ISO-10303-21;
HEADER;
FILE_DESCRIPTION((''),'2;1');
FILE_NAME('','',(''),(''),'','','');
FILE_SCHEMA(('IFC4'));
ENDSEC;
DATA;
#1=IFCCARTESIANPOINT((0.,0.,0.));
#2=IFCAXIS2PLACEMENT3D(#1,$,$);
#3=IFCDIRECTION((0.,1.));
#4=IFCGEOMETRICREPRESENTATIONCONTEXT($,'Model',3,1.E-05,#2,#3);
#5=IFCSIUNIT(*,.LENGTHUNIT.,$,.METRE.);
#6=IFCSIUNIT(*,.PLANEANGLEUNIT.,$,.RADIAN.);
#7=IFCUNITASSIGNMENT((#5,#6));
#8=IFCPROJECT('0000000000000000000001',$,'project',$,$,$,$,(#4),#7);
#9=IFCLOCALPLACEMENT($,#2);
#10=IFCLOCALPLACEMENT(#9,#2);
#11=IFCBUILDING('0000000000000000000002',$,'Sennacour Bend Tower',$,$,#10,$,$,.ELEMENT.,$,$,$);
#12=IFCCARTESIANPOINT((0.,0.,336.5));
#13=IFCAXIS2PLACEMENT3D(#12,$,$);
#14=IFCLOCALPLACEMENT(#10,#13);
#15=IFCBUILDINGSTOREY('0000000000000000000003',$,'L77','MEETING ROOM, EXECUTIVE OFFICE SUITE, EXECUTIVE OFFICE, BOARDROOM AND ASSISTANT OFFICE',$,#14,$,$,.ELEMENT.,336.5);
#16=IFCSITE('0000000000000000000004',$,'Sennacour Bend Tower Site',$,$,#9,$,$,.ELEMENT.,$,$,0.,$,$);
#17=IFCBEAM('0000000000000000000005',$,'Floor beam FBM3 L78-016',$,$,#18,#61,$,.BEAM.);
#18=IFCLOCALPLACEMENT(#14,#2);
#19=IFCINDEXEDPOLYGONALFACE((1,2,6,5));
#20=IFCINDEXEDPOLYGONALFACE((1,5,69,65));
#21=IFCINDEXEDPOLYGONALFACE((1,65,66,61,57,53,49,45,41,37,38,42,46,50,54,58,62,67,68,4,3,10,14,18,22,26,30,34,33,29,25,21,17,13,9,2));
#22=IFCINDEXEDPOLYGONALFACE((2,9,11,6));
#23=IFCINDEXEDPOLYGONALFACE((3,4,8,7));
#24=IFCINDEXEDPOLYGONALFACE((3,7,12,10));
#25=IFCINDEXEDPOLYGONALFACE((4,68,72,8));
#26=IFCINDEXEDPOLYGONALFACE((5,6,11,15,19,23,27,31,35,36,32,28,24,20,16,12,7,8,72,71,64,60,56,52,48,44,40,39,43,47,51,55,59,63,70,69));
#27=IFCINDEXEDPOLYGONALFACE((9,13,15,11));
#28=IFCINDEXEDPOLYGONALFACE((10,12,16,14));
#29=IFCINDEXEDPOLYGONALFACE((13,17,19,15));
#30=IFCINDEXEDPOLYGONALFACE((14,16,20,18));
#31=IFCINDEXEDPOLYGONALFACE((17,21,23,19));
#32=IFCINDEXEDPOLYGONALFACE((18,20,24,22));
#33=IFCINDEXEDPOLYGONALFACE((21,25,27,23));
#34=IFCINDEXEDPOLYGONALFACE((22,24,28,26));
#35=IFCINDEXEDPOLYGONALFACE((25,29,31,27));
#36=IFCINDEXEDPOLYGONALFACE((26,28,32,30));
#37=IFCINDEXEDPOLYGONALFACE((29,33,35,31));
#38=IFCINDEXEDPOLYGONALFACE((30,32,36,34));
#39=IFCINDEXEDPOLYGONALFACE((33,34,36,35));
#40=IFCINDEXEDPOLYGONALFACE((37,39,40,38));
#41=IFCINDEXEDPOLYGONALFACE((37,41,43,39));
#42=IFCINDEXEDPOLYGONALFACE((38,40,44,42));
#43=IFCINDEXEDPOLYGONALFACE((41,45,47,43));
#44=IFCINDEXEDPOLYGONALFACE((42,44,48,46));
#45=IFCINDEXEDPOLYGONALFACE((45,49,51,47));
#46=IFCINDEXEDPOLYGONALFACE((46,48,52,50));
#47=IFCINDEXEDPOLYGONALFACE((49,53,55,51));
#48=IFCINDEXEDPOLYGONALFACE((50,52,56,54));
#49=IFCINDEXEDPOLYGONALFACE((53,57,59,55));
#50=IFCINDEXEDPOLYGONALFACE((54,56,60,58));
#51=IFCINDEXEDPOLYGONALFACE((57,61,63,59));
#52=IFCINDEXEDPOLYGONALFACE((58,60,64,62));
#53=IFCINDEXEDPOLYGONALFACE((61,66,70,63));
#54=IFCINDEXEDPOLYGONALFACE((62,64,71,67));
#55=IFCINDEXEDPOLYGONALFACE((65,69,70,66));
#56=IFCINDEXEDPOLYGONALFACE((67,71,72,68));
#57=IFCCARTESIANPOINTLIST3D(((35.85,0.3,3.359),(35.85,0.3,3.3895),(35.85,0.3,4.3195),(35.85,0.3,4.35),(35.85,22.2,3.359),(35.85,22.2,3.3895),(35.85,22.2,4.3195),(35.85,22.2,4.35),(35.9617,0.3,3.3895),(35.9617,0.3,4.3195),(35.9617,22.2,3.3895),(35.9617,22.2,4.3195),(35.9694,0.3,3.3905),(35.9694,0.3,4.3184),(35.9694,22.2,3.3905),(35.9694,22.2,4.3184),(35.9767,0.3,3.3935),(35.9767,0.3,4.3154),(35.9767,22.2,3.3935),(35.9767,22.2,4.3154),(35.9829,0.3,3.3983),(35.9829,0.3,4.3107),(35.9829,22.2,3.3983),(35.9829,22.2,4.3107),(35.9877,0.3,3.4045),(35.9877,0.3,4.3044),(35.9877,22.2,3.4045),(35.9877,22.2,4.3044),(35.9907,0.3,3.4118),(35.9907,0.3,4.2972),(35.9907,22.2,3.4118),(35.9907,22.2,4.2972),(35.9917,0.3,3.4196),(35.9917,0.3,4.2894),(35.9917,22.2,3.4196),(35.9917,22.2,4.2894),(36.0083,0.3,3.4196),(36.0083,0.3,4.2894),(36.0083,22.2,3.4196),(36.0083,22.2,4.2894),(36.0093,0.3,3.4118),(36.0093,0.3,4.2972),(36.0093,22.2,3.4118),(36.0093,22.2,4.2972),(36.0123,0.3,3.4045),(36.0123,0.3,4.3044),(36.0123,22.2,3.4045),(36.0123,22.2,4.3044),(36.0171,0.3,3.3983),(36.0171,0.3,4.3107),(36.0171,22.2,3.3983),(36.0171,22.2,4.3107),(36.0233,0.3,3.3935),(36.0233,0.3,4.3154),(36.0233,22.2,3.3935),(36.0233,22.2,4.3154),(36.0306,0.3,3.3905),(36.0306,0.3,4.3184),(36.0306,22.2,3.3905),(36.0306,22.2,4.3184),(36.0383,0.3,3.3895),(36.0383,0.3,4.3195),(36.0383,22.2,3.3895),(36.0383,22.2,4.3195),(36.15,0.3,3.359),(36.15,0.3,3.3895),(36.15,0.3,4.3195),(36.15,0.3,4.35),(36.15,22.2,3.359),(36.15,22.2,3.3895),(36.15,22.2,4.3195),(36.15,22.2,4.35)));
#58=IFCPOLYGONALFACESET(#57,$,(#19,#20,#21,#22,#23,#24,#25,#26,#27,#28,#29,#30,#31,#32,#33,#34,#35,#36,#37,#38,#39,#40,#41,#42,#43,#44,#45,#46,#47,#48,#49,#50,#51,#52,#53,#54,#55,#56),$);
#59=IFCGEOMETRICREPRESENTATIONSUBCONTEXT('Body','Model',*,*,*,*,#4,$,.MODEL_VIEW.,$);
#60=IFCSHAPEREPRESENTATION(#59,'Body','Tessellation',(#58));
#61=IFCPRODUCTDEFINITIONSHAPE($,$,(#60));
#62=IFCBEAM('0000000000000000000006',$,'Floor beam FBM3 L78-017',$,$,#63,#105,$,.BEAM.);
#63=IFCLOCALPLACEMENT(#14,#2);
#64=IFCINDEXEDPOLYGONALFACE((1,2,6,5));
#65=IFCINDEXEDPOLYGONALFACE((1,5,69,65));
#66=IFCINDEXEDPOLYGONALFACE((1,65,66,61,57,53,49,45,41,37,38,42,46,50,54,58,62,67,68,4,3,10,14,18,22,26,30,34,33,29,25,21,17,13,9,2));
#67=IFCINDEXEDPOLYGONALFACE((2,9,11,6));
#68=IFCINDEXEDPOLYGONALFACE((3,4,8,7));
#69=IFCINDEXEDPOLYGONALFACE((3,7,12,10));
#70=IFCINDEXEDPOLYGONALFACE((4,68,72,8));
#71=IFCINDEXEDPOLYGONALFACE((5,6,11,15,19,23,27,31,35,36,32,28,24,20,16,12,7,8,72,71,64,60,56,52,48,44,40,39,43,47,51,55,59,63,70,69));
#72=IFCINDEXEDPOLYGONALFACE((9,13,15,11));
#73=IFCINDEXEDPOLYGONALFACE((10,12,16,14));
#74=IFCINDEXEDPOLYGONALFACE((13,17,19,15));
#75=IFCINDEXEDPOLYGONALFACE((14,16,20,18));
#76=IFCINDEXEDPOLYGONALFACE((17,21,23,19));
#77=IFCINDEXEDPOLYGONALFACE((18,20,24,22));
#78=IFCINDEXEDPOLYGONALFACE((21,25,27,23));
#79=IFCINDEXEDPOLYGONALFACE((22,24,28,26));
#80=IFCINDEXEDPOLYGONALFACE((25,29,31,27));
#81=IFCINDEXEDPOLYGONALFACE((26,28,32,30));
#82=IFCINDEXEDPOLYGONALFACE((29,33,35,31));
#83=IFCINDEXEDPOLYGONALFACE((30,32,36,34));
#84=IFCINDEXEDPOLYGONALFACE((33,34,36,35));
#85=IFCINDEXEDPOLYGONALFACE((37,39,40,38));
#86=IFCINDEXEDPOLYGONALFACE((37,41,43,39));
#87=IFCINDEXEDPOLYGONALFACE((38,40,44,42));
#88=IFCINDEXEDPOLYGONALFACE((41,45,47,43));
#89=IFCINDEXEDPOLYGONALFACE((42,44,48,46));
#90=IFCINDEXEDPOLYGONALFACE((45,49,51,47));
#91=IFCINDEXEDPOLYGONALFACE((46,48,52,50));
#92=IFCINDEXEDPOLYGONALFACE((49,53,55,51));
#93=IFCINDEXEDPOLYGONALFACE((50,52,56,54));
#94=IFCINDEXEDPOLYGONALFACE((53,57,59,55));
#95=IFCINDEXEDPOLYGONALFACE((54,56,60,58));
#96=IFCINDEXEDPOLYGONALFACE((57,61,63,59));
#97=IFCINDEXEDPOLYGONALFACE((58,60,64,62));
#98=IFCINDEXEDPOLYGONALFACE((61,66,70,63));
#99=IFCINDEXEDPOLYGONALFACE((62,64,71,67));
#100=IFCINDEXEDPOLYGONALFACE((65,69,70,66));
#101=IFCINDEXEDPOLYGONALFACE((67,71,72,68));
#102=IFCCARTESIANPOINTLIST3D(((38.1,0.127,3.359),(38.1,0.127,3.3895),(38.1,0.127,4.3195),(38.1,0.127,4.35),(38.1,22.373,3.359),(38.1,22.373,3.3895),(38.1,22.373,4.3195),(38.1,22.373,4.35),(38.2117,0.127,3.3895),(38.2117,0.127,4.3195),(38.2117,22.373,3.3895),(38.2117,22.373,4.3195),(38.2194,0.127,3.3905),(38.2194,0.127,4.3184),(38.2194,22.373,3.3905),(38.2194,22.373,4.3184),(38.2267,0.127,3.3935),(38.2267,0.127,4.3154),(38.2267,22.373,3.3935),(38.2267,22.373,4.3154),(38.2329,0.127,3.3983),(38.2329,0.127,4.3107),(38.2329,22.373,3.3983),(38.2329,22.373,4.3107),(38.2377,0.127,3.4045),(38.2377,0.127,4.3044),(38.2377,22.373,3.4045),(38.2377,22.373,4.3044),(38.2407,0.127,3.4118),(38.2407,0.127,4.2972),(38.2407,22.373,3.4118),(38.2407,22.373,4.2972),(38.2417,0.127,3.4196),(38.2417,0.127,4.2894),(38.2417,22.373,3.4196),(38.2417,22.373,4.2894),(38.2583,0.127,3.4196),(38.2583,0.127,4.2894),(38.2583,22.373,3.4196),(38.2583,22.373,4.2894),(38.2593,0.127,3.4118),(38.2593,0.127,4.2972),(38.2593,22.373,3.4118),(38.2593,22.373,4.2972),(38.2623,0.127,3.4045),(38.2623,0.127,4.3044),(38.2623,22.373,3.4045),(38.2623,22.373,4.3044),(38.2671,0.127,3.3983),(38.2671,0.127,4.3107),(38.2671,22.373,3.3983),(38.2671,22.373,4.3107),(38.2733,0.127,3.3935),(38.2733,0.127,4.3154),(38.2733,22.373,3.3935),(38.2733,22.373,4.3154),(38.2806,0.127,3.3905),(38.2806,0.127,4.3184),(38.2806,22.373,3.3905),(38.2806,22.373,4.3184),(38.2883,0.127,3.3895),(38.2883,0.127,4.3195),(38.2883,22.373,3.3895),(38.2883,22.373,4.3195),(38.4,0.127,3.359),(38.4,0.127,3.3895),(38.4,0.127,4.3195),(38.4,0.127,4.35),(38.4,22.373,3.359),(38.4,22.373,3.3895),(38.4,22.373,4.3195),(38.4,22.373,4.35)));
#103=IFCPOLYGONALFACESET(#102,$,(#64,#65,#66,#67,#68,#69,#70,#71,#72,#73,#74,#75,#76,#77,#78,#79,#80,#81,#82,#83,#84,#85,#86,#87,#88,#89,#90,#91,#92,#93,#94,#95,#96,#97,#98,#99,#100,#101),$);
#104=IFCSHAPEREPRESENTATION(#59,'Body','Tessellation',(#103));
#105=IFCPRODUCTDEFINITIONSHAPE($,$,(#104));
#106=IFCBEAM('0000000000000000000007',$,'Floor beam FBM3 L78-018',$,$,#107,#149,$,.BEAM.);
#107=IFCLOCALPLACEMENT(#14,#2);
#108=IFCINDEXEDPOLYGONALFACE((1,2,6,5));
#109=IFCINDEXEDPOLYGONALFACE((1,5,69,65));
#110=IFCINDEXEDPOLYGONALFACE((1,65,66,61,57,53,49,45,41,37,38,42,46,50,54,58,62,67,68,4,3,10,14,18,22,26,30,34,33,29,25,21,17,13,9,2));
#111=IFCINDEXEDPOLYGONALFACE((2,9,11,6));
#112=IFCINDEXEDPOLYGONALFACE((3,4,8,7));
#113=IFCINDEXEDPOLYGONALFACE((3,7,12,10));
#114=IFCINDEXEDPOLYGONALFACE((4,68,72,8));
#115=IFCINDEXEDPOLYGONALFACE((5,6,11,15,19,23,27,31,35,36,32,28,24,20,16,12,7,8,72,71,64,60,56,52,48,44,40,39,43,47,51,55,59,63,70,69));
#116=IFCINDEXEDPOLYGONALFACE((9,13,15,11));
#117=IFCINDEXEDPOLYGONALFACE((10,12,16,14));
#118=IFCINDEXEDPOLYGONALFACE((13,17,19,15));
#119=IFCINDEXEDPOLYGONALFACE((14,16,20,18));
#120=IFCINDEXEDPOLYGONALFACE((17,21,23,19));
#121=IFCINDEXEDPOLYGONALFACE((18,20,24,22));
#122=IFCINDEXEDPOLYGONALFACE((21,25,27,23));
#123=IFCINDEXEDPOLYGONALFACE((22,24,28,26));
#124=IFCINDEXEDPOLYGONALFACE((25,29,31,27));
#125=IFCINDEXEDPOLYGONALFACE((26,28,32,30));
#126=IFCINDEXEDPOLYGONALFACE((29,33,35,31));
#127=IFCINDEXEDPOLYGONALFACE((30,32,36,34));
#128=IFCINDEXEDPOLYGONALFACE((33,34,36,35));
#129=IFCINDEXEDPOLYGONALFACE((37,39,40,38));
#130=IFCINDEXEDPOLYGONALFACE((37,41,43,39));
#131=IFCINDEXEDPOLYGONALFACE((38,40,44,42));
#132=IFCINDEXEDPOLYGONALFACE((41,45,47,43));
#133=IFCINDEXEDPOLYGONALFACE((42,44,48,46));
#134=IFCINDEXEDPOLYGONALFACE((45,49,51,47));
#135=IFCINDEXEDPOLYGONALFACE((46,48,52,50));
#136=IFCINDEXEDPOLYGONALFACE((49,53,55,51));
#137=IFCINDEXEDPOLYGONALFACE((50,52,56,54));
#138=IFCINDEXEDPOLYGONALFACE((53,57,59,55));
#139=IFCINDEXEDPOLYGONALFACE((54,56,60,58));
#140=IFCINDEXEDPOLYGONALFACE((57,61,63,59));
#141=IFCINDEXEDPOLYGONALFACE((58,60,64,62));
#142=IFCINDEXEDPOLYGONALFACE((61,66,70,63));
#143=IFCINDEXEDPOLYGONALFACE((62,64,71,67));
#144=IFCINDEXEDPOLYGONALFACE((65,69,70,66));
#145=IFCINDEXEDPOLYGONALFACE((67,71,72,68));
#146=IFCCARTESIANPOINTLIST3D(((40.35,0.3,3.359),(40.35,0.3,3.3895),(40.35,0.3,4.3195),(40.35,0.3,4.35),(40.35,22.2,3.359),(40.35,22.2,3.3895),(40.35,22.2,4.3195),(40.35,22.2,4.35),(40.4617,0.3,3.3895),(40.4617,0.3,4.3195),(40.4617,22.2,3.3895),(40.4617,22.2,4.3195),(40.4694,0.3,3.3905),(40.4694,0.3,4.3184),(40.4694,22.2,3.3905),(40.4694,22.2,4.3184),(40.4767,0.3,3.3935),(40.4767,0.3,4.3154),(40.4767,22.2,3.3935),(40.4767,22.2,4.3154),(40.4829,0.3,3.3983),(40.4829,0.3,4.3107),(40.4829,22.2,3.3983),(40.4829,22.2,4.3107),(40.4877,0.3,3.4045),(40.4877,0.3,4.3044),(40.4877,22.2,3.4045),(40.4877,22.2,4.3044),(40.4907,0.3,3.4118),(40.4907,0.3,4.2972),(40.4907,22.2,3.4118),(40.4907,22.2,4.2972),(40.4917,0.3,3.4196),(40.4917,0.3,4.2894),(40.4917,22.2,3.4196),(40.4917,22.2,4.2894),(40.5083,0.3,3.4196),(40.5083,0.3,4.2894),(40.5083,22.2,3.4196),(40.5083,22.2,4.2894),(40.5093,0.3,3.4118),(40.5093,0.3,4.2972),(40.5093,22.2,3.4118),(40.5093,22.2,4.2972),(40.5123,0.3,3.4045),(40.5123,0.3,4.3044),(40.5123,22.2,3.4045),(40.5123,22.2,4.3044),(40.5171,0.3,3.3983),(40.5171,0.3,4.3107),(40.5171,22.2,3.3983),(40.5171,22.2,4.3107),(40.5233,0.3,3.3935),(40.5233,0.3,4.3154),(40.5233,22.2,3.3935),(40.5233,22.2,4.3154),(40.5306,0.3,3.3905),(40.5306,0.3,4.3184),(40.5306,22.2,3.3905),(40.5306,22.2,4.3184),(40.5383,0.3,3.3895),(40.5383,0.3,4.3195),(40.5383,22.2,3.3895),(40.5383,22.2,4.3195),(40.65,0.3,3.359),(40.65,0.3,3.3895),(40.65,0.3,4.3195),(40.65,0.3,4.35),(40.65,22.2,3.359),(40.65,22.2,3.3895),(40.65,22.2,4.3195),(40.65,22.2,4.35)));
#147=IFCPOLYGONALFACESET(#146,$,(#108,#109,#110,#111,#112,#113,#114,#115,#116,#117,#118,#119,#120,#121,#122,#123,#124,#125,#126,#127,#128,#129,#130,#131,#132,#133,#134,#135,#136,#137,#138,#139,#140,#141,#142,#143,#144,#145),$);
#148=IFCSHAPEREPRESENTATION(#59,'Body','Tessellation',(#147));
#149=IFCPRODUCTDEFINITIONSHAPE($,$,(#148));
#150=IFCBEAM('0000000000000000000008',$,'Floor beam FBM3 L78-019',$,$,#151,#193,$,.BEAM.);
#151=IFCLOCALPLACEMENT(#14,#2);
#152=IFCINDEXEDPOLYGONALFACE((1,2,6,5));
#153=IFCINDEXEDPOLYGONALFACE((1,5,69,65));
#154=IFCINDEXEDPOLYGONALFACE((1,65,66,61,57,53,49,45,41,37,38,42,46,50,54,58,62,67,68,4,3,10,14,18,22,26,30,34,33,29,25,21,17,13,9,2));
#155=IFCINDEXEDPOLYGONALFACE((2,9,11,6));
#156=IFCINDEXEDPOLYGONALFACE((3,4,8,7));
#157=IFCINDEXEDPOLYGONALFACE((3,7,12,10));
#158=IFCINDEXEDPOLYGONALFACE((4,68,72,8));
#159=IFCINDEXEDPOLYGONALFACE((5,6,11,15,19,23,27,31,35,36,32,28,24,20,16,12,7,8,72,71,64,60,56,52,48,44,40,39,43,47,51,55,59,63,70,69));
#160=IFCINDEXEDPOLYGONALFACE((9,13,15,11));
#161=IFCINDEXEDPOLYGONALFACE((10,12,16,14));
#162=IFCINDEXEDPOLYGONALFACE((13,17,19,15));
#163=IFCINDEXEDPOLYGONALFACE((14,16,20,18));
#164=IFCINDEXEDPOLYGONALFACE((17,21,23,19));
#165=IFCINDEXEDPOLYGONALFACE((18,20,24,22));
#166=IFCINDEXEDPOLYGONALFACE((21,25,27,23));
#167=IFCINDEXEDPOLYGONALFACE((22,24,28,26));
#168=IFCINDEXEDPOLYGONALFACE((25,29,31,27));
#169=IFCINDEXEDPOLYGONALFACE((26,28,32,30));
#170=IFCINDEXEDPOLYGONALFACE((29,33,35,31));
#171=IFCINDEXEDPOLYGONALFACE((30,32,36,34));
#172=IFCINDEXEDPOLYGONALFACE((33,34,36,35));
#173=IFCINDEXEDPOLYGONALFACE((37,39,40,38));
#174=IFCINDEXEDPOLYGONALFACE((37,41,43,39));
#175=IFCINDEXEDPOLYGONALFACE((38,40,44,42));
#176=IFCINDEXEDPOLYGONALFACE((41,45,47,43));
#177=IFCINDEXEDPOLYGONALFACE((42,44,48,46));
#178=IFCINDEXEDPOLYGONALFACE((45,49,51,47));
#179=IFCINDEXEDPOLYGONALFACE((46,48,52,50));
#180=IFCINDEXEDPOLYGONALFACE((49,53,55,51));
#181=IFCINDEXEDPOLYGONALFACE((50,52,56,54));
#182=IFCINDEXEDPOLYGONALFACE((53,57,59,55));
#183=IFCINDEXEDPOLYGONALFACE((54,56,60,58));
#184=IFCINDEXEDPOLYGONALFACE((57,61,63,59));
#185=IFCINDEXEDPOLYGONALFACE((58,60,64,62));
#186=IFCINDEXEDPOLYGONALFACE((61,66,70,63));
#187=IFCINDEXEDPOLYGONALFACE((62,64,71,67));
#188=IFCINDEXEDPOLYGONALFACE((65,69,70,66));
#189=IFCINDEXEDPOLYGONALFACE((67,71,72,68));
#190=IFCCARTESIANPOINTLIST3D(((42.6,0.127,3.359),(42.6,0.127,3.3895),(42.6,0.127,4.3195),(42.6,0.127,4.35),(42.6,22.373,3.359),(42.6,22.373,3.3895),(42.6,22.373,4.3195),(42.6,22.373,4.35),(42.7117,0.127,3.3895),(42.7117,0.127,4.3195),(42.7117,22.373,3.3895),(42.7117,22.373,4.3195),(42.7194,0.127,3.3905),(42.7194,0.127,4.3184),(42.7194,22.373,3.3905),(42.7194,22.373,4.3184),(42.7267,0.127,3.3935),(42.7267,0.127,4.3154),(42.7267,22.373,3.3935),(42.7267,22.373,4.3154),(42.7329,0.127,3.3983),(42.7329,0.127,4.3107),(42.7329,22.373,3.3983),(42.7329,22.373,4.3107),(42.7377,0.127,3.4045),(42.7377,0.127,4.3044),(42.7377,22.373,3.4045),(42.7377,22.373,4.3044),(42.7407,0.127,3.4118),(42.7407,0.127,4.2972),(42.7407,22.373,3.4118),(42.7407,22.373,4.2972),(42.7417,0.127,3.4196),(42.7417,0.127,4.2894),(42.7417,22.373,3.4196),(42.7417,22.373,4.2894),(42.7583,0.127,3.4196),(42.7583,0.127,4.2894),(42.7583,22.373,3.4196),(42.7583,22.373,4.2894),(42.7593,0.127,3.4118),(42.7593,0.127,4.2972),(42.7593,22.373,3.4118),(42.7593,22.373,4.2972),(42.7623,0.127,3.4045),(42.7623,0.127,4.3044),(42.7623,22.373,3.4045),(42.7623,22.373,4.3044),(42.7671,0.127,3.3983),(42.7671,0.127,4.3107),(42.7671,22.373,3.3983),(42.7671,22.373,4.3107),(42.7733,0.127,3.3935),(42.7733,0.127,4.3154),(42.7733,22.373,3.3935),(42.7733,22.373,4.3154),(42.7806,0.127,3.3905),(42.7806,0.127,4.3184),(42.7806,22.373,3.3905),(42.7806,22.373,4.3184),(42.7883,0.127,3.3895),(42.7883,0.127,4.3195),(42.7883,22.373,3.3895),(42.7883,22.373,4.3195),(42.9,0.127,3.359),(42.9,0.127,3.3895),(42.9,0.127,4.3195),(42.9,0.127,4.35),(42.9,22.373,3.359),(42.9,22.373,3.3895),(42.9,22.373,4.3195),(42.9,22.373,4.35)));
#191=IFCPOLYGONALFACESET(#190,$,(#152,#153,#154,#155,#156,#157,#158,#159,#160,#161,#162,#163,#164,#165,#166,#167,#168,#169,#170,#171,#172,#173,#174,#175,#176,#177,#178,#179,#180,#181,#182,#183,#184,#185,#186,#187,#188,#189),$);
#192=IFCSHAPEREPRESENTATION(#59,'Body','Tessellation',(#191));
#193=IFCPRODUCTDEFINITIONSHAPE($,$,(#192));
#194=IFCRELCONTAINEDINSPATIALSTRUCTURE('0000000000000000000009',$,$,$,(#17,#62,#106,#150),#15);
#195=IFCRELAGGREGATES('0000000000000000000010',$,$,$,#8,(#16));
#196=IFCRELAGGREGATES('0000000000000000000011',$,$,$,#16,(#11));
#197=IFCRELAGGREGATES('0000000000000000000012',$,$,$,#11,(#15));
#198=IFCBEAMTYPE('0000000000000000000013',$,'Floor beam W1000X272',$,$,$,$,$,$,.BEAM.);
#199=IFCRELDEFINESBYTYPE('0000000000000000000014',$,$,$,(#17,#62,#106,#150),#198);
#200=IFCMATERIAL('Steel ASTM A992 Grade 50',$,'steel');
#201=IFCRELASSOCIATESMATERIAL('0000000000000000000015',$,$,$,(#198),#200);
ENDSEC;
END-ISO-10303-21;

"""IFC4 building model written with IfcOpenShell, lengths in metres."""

from ifc_helpers import new_model, si_unit, direction, frame, origin, origin_2d, place, context, subcontext, project, spatial, i_section, extrude, material, material_profile, profile_set, type_object, element, save


model = new_model("IFC4")

# Units and contexts
model_context = context("Model", 3, precision=1e-05, world=origin(), true_north=direction((0.0, 1.0)))
body_context = subcontext(model_context, "Body", "Model", "MODEL_VIEW")
ifc_project = project(units=[si_unit("LENGTHUNIT", "METRE"), si_unit("PLANEANGLEUNIT", "RADIAN")], contexts=[model_context])

# Site, building, storey
site_placement = place(None, origin())
site = spatial("IfcSite", under=ifc_project, at=site_placement, Name="Sennacour Bend Tower Site", CompositionType="ELEMENT", RefElevation=0.0)
building_placement = place(site_placement, origin())
building = spatial("IfcBuilding", under=site, at=building_placement, Name="Sennacour Bend Tower", CompositionType="ELEMENT")
storey_placement = place(building_placement, frame((0.0, 0.0, 336.5)))
storey = spatial("IfcBuildingStorey", under=building, at=storey_placement, Name="L77", Description="MEETING ROOM, EXECUTIVE OFFICE SUITE, EXECUTIVE OFFICE, BOARDROOM AND ASSISTANT OFFICE", CompositionType="ELEMENT", Elevation=336.5)

# Beams
ifc_material_1 = material(Name="Steel ASTM A992 Grade 50", Category="steel")
ifc_material_profile_1 = material_profile(ifc_material_1, i_section(OverallWidth=0.3, OverallDepth=0.991, WebThickness=0.0166, FlangeThickness=0.0305, FilletRadius=0.03, at=origin_2d()), Name="Steel ASTM A992 Grade 50", Category="steel")
ifc_profile_set_1 = profile_set([ifc_material_profile_1], Name="Steel ASTM A992 Grade 50")
beam_type_1 = type_object("IfcBeamType", Name="Floor beam W1000X272", PredefinedType="BEAM", material=ifc_profile_set_1)
beam_1_placement = place(storey_placement, frame((36.0, 0.3, 3.8545), z_axis=(0.0, 1.0, 0.0), x_axis=(-1.0, 0.0, 0.0)))
element("IfcBeam", 1, at=beam_1_placement, inside=storey, type_object=beam_type_1, Name="Floor beam FBM3 L78-016", PredefinedType="BEAM", context=body_context, shape_type="SweptSolid", body=[
    extrude(i_section(OverallWidth=0.3, OverallDepth=0.991, WebThickness=0.0166, FlangeThickness=0.0305, FilletRadius=0.03, at=origin_2d()), origin(), (0.0, 0.0, 1.0), 21.8999),
])
beam_2_placement = place(storey_placement, frame((38.25, 0.127, 3.8545), z_axis=(0.0, 1.0, 0.0), x_axis=(-1.0, 0.0, 0.0)))
element("IfcBeam", 2, at=beam_2_placement, inside=storey, type_object=beam_type_1, Name="Floor beam FBM3 L78-017", PredefinedType="BEAM", context=body_context, shape_type="SweptSolid", body=[
    extrude(i_section(OverallWidth=0.3, OverallDepth=0.991, WebThickness=0.0166, FlangeThickness=0.0305, FilletRadius=0.03, at=origin_2d()), origin(), (0.0, 0.0, 1.0), 22.2461),
])
beam_3_placement = place(storey_placement, frame((40.5, 0.3, 3.8545), z_axis=(0.0, 1.0, 0.0), x_axis=(-1.0, 0.0, 0.0)))
element("IfcBeam", 3, at=beam_3_placement, inside=storey, type_object=beam_type_1, Name="Floor beam FBM3 L78-018", PredefinedType="BEAM", context=body_context, shape_type="SweptSolid", body=[
    extrude(i_section(OverallWidth=0.3, OverallDepth=0.991, WebThickness=0.0166, FlangeThickness=0.0305, FilletRadius=0.03, at=origin_2d()), origin(), (0.0, 0.0, 1.0), 21.8999),
])
beam_4_placement = place(storey_placement, frame((42.75, 0.127, 3.8545), z_axis=(0.0, 1.0, 0.0), x_axis=(-1.0, 0.0, 0.0)))
element("IfcBeam", 4, at=beam_4_placement, inside=storey, type_object=beam_type_1, Name="Floor beam FBM3 L78-019", PredefinedType="BEAM", context=body_context, shape_type="SweptSolid", body=[
    extrude(i_section(OverallWidth=0.3, OverallDepth=0.991, WebThickness=0.0166, FlangeThickness=0.0305, FilletRadius=0.03, at=origin_2d()), origin(), (0.0, 0.0, 1.0), 22.2461),
])

save(model, "model.ifc")
